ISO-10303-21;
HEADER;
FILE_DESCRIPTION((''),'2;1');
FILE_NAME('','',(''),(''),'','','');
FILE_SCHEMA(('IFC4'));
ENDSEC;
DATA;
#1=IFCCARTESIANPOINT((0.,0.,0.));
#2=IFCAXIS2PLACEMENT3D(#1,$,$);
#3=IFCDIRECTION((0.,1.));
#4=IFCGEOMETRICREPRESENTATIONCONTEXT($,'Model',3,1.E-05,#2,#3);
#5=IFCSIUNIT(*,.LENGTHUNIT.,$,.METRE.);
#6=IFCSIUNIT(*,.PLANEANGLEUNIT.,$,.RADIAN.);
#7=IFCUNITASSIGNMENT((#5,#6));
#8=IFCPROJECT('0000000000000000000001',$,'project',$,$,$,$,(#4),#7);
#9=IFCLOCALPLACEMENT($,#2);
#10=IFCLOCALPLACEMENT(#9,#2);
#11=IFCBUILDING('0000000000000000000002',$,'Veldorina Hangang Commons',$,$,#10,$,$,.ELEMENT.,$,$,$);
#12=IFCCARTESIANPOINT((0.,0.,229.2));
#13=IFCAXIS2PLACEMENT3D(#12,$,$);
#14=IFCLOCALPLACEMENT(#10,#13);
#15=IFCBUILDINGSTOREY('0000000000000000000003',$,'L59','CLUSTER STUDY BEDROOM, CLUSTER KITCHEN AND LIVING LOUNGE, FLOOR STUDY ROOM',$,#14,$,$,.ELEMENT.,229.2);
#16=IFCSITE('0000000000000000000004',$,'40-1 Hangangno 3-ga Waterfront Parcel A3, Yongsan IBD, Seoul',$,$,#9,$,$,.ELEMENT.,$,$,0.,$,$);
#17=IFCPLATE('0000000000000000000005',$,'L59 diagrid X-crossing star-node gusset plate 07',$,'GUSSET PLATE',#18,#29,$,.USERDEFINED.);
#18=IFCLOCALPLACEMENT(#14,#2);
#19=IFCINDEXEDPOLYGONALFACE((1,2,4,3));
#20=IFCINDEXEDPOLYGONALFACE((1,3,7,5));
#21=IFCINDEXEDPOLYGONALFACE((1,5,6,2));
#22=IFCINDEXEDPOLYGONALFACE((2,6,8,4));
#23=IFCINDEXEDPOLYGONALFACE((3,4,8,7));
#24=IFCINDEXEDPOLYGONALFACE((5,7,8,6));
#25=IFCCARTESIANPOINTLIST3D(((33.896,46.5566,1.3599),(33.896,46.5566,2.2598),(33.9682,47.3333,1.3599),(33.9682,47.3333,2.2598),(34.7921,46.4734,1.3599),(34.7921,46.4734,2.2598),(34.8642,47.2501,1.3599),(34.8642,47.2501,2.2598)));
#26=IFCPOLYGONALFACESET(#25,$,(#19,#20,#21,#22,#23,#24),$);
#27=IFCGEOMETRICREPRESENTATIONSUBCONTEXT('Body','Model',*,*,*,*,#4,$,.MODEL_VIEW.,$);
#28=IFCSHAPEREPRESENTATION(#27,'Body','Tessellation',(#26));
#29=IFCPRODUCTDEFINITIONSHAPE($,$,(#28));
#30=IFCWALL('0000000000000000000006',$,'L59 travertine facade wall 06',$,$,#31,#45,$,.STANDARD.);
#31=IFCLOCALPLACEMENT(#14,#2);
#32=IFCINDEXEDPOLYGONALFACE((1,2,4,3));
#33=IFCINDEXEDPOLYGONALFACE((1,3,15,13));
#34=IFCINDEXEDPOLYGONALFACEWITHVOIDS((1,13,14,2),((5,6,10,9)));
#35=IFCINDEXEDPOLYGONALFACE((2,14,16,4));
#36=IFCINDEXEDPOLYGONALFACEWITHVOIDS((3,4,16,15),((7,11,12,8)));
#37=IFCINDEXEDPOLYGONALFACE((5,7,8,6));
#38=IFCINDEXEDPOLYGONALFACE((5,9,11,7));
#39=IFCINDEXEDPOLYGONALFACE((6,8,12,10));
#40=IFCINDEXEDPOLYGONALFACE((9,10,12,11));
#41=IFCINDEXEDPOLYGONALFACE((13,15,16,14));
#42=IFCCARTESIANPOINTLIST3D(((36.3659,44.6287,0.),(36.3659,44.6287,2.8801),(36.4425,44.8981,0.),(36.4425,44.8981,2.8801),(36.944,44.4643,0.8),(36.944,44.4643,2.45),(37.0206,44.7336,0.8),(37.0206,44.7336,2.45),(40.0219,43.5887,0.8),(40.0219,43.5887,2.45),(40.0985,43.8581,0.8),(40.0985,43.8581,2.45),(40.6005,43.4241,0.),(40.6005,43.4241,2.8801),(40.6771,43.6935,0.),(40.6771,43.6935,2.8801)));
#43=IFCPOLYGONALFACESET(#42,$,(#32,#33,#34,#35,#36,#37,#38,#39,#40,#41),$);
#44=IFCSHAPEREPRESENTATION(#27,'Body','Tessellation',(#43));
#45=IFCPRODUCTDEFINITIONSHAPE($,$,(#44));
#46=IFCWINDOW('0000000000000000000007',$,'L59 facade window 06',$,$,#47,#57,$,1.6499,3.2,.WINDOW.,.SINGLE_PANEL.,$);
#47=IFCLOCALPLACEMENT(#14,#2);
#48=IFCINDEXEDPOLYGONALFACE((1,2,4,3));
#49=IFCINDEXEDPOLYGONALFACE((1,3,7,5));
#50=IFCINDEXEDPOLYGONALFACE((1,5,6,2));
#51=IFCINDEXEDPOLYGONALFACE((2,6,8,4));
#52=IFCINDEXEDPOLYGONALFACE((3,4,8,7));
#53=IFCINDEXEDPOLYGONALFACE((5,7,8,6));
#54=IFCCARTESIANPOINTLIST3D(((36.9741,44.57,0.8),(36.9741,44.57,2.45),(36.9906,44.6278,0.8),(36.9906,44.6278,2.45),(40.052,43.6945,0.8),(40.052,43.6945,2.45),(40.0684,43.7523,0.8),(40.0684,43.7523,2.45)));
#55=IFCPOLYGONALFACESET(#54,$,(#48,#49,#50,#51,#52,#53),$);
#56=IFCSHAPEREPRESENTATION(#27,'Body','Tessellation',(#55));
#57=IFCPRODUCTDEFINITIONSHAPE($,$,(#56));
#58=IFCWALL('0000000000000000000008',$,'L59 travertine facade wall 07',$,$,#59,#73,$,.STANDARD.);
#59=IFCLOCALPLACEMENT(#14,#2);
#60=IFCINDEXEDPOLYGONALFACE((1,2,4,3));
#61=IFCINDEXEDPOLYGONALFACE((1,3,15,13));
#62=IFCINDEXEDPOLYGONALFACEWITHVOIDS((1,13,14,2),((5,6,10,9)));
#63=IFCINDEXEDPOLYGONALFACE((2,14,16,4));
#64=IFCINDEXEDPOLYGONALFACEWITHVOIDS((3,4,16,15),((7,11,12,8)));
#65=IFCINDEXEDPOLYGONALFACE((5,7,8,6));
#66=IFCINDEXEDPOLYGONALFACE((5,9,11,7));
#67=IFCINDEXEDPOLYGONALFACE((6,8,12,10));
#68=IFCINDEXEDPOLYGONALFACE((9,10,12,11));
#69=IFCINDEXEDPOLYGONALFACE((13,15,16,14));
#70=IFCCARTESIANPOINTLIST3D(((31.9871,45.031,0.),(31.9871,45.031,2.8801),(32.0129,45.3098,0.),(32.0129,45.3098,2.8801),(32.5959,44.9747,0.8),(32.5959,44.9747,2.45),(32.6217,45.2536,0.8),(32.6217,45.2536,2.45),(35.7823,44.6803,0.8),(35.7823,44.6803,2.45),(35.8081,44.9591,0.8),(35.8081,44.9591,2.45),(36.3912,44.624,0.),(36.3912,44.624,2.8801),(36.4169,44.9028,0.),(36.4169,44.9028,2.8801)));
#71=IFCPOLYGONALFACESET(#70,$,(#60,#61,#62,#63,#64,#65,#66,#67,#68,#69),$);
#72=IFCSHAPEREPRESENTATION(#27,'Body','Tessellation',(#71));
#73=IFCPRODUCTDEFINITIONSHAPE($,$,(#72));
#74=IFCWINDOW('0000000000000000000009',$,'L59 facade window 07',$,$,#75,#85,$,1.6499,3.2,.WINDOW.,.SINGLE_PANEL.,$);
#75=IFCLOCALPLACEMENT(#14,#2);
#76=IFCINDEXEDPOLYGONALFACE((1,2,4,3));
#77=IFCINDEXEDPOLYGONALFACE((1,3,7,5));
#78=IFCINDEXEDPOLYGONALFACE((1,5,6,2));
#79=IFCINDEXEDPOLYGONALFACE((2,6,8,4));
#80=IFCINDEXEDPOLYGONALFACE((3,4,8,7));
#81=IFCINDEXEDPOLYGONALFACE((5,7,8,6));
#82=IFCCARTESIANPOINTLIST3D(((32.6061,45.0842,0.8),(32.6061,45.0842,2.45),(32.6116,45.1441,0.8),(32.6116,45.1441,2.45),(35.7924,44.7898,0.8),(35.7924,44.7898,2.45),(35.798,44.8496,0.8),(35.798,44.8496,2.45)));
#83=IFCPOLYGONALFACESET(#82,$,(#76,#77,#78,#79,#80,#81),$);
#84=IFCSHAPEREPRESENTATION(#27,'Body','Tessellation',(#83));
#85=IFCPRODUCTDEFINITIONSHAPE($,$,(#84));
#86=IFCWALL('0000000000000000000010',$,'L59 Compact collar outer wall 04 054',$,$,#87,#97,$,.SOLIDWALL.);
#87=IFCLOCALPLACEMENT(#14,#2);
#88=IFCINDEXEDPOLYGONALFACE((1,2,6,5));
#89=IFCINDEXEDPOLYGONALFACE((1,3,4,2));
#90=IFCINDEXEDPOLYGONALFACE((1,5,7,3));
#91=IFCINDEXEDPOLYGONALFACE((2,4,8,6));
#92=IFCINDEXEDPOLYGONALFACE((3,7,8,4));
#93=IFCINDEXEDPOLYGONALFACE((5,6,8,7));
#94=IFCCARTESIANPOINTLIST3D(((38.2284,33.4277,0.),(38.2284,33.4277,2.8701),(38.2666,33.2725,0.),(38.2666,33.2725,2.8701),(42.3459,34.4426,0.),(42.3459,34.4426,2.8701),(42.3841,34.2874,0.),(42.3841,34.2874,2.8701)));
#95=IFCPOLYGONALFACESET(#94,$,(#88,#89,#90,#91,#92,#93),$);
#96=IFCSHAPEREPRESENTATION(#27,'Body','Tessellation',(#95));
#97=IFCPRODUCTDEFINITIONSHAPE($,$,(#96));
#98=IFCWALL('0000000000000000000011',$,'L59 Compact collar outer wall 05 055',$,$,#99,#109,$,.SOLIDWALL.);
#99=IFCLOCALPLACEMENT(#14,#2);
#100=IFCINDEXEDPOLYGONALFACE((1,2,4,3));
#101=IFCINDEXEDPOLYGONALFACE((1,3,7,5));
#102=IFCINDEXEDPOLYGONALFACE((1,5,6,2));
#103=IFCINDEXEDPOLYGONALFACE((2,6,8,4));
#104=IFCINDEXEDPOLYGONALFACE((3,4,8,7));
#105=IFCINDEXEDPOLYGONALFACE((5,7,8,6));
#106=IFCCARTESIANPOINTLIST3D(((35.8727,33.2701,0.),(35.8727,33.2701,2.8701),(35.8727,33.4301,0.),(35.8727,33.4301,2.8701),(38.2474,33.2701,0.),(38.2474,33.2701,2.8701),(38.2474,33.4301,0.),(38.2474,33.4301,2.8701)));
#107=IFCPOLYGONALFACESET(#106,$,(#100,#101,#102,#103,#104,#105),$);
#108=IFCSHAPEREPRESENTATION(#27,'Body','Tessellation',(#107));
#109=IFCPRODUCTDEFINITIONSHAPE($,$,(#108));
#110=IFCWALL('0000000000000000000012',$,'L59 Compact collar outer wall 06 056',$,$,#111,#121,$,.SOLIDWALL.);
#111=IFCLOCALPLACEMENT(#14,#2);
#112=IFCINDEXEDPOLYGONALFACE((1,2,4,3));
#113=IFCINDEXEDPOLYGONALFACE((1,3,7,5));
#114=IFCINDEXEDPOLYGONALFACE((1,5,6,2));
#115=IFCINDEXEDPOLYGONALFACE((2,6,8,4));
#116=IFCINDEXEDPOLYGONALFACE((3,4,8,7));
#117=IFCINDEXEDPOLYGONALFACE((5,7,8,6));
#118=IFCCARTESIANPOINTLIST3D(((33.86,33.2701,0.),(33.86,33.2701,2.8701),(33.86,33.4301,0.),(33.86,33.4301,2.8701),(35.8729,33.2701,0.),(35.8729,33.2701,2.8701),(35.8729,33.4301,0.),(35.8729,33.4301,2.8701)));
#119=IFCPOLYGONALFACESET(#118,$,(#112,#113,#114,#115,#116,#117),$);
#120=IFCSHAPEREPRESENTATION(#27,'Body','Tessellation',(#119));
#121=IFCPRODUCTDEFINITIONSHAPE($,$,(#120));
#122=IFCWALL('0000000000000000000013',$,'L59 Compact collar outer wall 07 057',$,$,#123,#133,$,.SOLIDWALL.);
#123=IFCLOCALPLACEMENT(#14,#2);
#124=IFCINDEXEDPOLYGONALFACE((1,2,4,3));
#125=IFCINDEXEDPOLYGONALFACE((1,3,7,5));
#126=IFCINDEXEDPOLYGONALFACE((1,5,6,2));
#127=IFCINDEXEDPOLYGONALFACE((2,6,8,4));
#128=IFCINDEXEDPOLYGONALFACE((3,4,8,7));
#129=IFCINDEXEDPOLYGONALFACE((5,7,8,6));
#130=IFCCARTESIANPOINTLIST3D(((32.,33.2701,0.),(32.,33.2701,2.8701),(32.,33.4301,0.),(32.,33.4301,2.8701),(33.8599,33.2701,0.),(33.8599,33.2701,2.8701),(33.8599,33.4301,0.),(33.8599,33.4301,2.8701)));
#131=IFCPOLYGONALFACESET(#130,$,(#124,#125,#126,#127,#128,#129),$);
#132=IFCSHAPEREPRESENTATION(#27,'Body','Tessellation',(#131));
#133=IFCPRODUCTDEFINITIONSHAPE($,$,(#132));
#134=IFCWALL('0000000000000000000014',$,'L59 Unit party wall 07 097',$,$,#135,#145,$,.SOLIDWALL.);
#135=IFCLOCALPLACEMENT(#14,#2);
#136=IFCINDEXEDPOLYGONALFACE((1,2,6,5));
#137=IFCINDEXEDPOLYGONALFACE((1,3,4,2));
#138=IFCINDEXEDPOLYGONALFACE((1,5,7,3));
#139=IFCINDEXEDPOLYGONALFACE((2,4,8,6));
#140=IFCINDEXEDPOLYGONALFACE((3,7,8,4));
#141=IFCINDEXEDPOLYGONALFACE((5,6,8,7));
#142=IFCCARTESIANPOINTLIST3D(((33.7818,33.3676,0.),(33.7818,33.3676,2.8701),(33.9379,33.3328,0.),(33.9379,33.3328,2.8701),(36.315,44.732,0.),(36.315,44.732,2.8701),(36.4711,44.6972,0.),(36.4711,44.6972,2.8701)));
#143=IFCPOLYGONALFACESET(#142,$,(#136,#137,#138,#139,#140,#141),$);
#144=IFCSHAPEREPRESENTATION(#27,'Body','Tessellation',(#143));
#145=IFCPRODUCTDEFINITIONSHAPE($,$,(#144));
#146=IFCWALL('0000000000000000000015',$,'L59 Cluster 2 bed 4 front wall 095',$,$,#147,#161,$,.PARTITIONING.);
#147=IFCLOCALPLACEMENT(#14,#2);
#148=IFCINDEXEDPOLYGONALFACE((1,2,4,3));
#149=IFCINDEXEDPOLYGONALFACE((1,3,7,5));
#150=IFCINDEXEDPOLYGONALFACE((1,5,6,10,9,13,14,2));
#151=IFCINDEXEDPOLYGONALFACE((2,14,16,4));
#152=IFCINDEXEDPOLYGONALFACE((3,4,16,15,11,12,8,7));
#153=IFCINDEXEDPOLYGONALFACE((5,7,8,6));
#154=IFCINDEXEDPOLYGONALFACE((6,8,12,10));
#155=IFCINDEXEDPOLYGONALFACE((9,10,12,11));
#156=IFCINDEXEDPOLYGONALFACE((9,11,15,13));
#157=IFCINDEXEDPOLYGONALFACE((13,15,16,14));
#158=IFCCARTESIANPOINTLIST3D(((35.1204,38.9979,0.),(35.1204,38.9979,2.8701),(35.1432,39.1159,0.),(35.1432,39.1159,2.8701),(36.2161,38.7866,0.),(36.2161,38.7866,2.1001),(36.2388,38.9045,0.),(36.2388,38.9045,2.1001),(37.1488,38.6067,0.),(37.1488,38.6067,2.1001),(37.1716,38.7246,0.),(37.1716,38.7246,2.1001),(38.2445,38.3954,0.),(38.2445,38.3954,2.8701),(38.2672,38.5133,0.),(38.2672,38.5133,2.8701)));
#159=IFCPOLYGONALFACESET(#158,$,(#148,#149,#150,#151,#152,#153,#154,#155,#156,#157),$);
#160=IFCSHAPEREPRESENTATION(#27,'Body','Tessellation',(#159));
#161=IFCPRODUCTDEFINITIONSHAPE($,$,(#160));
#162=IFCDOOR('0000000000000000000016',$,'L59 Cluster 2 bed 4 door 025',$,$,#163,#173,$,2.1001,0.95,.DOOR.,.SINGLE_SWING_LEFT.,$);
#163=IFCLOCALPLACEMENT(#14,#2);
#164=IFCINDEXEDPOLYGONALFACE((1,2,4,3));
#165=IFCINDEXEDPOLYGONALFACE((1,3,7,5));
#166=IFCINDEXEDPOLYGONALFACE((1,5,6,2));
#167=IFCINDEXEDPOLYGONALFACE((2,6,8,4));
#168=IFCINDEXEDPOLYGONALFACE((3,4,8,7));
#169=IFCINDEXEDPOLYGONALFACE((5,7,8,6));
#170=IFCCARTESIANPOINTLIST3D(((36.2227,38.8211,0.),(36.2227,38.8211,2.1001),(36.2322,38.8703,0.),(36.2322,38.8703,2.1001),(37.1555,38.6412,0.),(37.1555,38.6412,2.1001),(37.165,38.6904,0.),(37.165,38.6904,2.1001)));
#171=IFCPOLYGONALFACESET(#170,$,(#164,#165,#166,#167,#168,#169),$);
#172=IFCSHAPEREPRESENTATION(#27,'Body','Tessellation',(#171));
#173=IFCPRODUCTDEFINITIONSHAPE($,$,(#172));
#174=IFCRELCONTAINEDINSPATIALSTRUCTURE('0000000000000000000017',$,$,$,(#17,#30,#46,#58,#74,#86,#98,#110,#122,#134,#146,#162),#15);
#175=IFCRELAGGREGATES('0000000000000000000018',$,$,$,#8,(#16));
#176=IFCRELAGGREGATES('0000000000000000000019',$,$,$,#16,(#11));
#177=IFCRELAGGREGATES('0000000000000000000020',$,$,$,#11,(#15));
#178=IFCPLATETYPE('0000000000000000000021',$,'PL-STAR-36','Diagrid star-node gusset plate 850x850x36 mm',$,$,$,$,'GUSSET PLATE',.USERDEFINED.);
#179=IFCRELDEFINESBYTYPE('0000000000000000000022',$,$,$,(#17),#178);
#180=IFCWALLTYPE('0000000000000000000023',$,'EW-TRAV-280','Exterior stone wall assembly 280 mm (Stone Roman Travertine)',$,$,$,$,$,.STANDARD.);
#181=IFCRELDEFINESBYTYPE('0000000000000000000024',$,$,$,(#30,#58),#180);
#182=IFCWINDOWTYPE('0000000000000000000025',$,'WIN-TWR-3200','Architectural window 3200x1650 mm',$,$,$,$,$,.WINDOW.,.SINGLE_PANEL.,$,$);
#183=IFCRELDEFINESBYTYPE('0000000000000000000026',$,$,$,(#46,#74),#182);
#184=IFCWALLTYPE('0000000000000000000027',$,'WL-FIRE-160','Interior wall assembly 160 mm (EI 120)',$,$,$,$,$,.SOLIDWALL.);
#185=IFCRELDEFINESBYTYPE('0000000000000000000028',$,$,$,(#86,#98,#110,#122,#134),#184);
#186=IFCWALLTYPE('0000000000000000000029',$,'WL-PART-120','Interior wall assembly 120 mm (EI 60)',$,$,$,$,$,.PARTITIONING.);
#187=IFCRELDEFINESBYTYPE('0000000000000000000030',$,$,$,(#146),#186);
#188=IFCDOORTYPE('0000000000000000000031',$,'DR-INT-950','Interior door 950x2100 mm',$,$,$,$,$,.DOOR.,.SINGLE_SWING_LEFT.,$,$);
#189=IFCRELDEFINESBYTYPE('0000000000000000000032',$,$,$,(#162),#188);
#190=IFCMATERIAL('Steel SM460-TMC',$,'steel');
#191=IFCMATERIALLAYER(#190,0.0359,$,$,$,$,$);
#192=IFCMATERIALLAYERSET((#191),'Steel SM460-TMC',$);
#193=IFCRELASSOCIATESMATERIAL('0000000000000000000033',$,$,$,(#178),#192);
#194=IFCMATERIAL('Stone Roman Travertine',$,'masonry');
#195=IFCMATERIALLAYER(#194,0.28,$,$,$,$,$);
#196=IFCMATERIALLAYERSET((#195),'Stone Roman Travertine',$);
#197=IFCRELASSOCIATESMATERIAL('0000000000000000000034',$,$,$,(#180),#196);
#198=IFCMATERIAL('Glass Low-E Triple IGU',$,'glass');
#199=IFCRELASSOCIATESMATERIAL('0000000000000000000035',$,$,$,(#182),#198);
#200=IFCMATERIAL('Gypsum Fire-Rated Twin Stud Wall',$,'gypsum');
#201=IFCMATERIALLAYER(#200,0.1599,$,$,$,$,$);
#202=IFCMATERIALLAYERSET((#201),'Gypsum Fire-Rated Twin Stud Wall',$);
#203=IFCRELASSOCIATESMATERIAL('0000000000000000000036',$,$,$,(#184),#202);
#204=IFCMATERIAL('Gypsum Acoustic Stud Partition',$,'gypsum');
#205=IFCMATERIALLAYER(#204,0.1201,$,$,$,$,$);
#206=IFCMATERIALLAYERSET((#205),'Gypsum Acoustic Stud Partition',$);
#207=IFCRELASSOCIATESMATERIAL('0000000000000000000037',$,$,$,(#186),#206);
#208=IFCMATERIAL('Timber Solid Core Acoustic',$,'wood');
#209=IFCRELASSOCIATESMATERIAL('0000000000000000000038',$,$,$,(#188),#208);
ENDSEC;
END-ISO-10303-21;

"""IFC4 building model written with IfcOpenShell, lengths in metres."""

from ifc_helpers import new_model, si_unit, direction, frame, frame_2d, origin, origin_2d, place, context, subcontext, project, spatial, rectangle, extrude, material, layer, layer_set, type_object, element, fill, save


model = new_model("IFC4")

# Units and contexts
model_context = context("Model", 3, precision=1e-05, world=origin(), true_north=direction((0.0, 1.0)))
body_context = subcontext(model_context, "Body", "Model", "MODEL_VIEW")
ifc_project = project(units=[si_unit("LENGTHUNIT", "METRE"), si_unit("PLANEANGLEUNIT", "RADIAN")], contexts=[model_context])

# Site, building, storey
site_placement = place(None, origin())
site = spatial("IfcSite", under=ifc_project, at=site_placement, Name="40-1 Hangangno 3-ga Waterfront Parcel A3, Yongsan IBD, Seoul", CompositionType="ELEMENT", RefElevation=0.0)
building_placement = place(site_placement, origin())
building = spatial("IfcBuilding", under=site, at=building_placement, Name="Veldorina Hangang Commons", CompositionType="ELEMENT")
storey_placement = place(building_placement, frame((0.0, 0.0, 229.2)))
storey = spatial("IfcBuildingStorey", under=building, at=storey_placement, Name="L59", Description="CLUSTER STUDY BEDROOM, CLUSTER KITCHEN AND LIVING LOUNGE, FLOOR STUDY ROOM", CompositionType="ELEMENT", Elevation=229.2)

# Plate
ifc_material_1 = material(Name="Steel SM460-TMC", Category="steel")
ifc_layer_1 = layer(ifc_material_1, 0.0359)
ifc_layer_set_1 = layer_set([ifc_layer_1], Name="Steel SM460-TMC")
plate_type = type_object("IfcPlateType", Name="PL-STAR-36", Description="Diagrid star-node gusset plate 850x850x36 mm", ElementType="GUSSET PLATE", PredefinedType="USERDEFINED", material=ifc_layer_set_1)
plate_1_placement = place(storey_placement, frame((34.3801, 46.9033, 1.3599), z_axis=(0.0, 0.0, 1.0), x_axis=(-0.995717, 0.092457, 0.0)))
element("IfcPlate", 1, at=plate_1_placement, inside=storey, type_object=plate_type, Name="L59 diagrid X-crossing star-node gusset plate 07", ObjectType="GUSSET PLATE", PredefinedType="USERDEFINED", context=body_context, shape_type="SweptSolid", body=[
    extrude(rectangle(XDim=0.8999, YDim=0.78, at=origin_2d()), origin(), (0.0, 0.0, 1.0), 0.8999),
])

# Walls, openings, windows
ifc_material_2 = material(Name="Stone Roman Travertine", Category="masonry")
ifc_layer_2 = layer(ifc_material_2, 0.28)
ifc_layer_set_2 = layer_set([ifc_layer_2], Name="Stone Roman Travertine")
wall_type_1 = type_object("IfcWallType", Name="EW-TRAV-280", Description="Exterior stone wall assembly 280 mm (Stone Roman Travertine)", PredefinedType="STANDARD", material=ifc_layer_set_2)
wall_1_placement = place(storey_placement, frame((40.6387, 43.5588, 0.0), z_axis=(0.0, 0.0, 1.0), x_axis=(-0.961841, 0.273608, 0.0)))
wall_1 = element("IfcWall", 2, at=wall_1_placement, inside=storey, type_object=wall_type_1, Name="L59 travertine facade wall 06", PredefinedType="STANDARD", context=body_context, shape_type="SweptSolid", body=[
    extrude(rectangle(XDim=4.4026, YDim=0.28, at=frame_2d((2.2012, 0.0))), origin(), (0.0, 0.0, 1.0), 2.8801),
])
opening_1_placement = place(wall_1_placement, frame((0.6013, 0.0, 0.8)))
opening_1 = element("IfcOpeningElement", 3, at=opening_1_placement, cuts=wall_1, PredefinedType="OPENING", context=body_context, shape_type="SweptSolid", body=[
    extrude(rectangle(XDim=3.2, YDim=1.6499, at=frame_2d((1.6001, 0.825))), frame((0.0, 0.1499, 0.0), z_axis=(0.0, -1.0, 0.0), x_axis=(1.0, 0.0, 0.0)), (0.0, 0.0, 1.0), 0.3),
])
ifc_material_3 = material(Name="Glass Low-E Triple IGU", Category="glass")
window_type = type_object("IfcWindowType", Name="WIN-TWR-3200", Description="Architectural window 3200x1650 mm", PartitioningType="SINGLE_PANEL", PredefinedType="WINDOW", material=ifc_material_3)
window_1_placement = place(opening_1_placement, origin())
window_1 = element("IfcWindow", 4, at=window_1_placement, inside=storey, type_object=window_type, Name="L59 facade window 06", OverallHeight=1.6499, OverallWidth=3.2, PartitioningType="SINGLE_PANEL", PredefinedType="WINDOW", context=body_context, shape_type="SweptSolid", body=[
    extrude(rectangle(XDim=3.2, YDim=1.6499, at=frame_2d((1.6001, 0.825))), frame((0.0, 0.03, 0.0), z_axis=(0.0, -1.0, 0.0), x_axis=(1.0, 0.0, 0.0)), (0.0, 0.0, 1.0), 0.0601),
])
fill(opening_1, window_1)
wall_2_placement = place(storey_placement, frame((36.4041, 44.7634, 0.0), z_axis=(0.0, 0.0, 1.0), x_axis=(-0.995757, 0.092019, 0.0)))
wall_2 = element("IfcWall", 5, at=wall_2_placement, inside=storey, type_object=wall_type_1, Name="L59 travertine facade wall 07", PredefinedType="STANDARD", context=body_context, shape_type="SweptSolid", body=[
    extrude(rectangle(XDim=4.4229, YDim=0.28, at=frame_2d((2.2114, 0.0))), origin(), (0.0, 0.0, 1.0), 2.8801),
])
opening_2_placement = place(wall_2_placement, frame((0.6113, 0.0, 0.8)))
opening_2 = element("IfcOpeningElement", 6, at=opening_2_placement, cuts=wall_2, PredefinedType="OPENING", context=body_context, shape_type="SweptSolid", body=[
    extrude(rectangle(XDim=3.2, YDim=1.6499, at=frame_2d((1.6001, 0.825))), frame((0.0, 0.1499, 0.0), z_axis=(0.0, -1.0, 0.0), x_axis=(1.0, 0.0, 0.0)), (0.0, 0.0, 1.0), 0.3),
])
window_2_placement = place(opening_2_placement, origin())
window_2 = element("IfcWindow", 7, at=window_2_placement, inside=storey, type_object=window_type, Name="L59 facade window 07", OverallHeight=1.6499, OverallWidth=3.2, PartitioningType="SINGLE_PANEL", PredefinedType="WINDOW", context=body_context, shape_type="SweptSolid", body=[
    extrude(rectangle(XDim=3.2, YDim=1.6499, at=frame_2d((1.6001, 0.825))), frame((0.0, 0.03, 0.0), z_axis=(0.0, -1.0, 0.0), x_axis=(1.0, 0.0, 0.0)), (0.0, 0.0, 1.0), 0.0601),
])
fill(opening_2, window_2)

# Walls
ifc_material_4 = material(Name="Gypsum Fire-Rated Twin Stud Wall", Category="gypsum")
ifc_layer_3 = layer(ifc_material_4, 0.1599)
ifc_layer_set_3 = layer_set([ifc_layer_3], Name="Gypsum Fire-Rated Twin Stud Wall")
wall_type_2 = type_object("IfcWallType", Name="WL-FIRE-160", Description="Interior wall assembly 160 mm (EI 120)", PredefinedType="SOLIDWALL", material=ifc_layer_set_3)
wall_3_placement = place(storey_placement, frame((42.365, 34.365, 0.0), z_axis=(0.0, 0.0, 1.0), x_axis=(-0.97094, -0.239324, 0.0)))
element("IfcWall", 8, at=wall_3_placement, inside=storey, type_object=wall_type_2, Name="L59 Compact collar outer wall 04 054", PredefinedType="SOLIDWALL", context=body_context, shape_type="SweptSolid", body=[
    extrude(rectangle(XDim=4.2407, YDim=0.1599, at=frame_2d((2.1204, 0.0))), origin(), (0.0, 0.0, 1.0), 2.8701),
])
wall_4_placement = place(storey_placement, frame((38.2476, 33.3501, 0.0), z_axis=(0.0, 0.0, 1.0), x_axis=(-1.0, 0.0, 0.0)))
element("IfcWall", 9, at=wall_4_placement, inside=storey, type_object=wall_type_2, Name="L59 Compact collar outer wall 05 055", PredefinedType="SOLIDWALL", context=body_context, shape_type="SweptSolid", body=[
    extrude(rectangle(XDim=2.3748, YDim=0.1599, at=frame_2d((1.1875, 0.0))), origin(), (0.0, 0.0, 1.0), 2.8701),
])
wall_5_placement = place(storey_placement, frame((35.8728, 33.3501, 0.0), z_axis=(0.0, 0.0, 1.0), x_axis=(-1.0, 0.0, 0.0)))
element("IfcWall", 10, at=wall_5_placement, inside=storey, type_object=wall_type_2, Name="L59 Compact collar outer wall 06 056", PredefinedType="SOLIDWALL", context=body_context, shape_type="SweptSolid", body=[
    extrude(rectangle(XDim=2.0129, YDim=0.1599, at=frame_2d((1.0063, 0.0))), origin(), (0.0, 0.0, 1.0), 2.8701),
])
wall_6_placement = place(storey_placement, frame((33.8599, 33.3501, 0.0), z_axis=(0.0, 0.0, 1.0), x_axis=(-1.0, 0.0, 0.0)))
element("IfcWall", 11, at=wall_6_placement, inside=storey, type_object=wall_type_2, Name="L59 Compact collar outer wall 07 057", PredefinedType="SOLIDWALL", context=body_context, shape_type="SweptSolid", body=[
    extrude(rectangle(XDim=1.8599, YDim=0.1599, at=frame_2d((0.9299, 0.0))), origin(), (0.0, 0.0, 1.0), 2.8701),
])
wall_7_placement = place(storey_placement, frame((33.8599, 33.3501, 0.0), z_axis=(0.0, 0.0, 1.0), x_axis=(0.217565, 0.976046, 0.0)))
element("IfcWall", 12, at=wall_7_placement, inside=storey, type_object=wall_type_2, Name="L59 Unit party wall 07 097", PredefinedType="SOLIDWALL", context=body_context, shape_type="SweptSolid", body=[
    extrude(rectangle(XDim=11.6433, YDim=0.1599, at=frame_2d((5.8218, 0.0))), origin(), (0.0, 0.0, 1.0), 2.8701),
])

# Wall, opening, door
ifc_material_5 = material(Name="Gypsum Acoustic Stud Partition", Category="gypsum")
ifc_layer_4 = layer(ifc_material_5, 0.1201)
ifc_layer_set_4 = layer_set([ifc_layer_4], Name="Gypsum Acoustic Stud Partition")
wall_type_3 = type_object("IfcWallType", Name="WL-PART-120", Description="Interior wall assembly 120 mm (EI 60)", PredefinedType="PARTITIONING", material=ifc_layer_set_4)
wall_8_placement = place(storey_placement, frame((38.2559, 38.4543, 0.0), z_axis=(0.0, 0.0, 1.0), x_axis=(-0.981903, 0.189382, 0.0)))
wall_8 = element("IfcWall", 13, at=wall_8_placement, inside=storey, type_object=wall_type_3, Name="L59 Cluster 2 bed 4 front wall 095", PredefinedType="PARTITIONING", context=body_context, shape_type="SweptSolid", body=[
    extrude(rectangle(XDim=3.1816, YDim=0.1201, at=frame_2d((1.5908, 0.0))), origin(), (0.0, 0.0, 1.0), 2.8701),
])
opening_3_placement = place(wall_8_placement, frame((1.1157, 0.0, 0.0)))
opening_3 = element("IfcOpeningElement", 14, at=opening_3_placement, cuts=wall_8, PredefinedType="OPENING", context=body_context, shape_type="SweptSolid", body=[
    extrude(rectangle(XDim=0.95, YDim=2.1001, at=frame_2d((0.4751, 1.05))), frame((0.0, 0.0701, 0.0), z_axis=(0.0, -1.0, 0.0), x_axis=(1.0, 0.0, 0.0)), (0.0, 0.0, 1.0), 0.1401),
])
ifc_material_6 = material(Name="Timber Solid Core Acoustic", Category="wood")
door_type = type_object("IfcDoorType", Name="DR-INT-950", Description="Interior door 950x2100 mm", OperationType="SINGLE_SWING_LEFT", PredefinedType="DOOR", material=ifc_material_6)
door_1_placement = place(opening_3_placement, origin())
door_1 = element("IfcDoor", 15, at=door_1_placement, inside=storey, type_object=door_type, Name="L59 Cluster 2 bed 4 door 025", OperationType="SINGLE_SWING_LEFT", OverallHeight=2.1001, OverallWidth=0.95, PredefinedType="DOOR", context=body_context, shape_type="SweptSolid", body=[
    extrude(rectangle(XDim=0.95, YDim=2.1001, at=frame_2d((0.4751, 1.05))), frame((0.0, 0.0249, 0.0), z_axis=(0.0, -1.0, 0.0), x_axis=(1.0, 0.0, 0.0)), (0.0, 0.0, 1.0), 0.05),
])
fill(opening_3, door_1)

save(model, "model.ifc")
